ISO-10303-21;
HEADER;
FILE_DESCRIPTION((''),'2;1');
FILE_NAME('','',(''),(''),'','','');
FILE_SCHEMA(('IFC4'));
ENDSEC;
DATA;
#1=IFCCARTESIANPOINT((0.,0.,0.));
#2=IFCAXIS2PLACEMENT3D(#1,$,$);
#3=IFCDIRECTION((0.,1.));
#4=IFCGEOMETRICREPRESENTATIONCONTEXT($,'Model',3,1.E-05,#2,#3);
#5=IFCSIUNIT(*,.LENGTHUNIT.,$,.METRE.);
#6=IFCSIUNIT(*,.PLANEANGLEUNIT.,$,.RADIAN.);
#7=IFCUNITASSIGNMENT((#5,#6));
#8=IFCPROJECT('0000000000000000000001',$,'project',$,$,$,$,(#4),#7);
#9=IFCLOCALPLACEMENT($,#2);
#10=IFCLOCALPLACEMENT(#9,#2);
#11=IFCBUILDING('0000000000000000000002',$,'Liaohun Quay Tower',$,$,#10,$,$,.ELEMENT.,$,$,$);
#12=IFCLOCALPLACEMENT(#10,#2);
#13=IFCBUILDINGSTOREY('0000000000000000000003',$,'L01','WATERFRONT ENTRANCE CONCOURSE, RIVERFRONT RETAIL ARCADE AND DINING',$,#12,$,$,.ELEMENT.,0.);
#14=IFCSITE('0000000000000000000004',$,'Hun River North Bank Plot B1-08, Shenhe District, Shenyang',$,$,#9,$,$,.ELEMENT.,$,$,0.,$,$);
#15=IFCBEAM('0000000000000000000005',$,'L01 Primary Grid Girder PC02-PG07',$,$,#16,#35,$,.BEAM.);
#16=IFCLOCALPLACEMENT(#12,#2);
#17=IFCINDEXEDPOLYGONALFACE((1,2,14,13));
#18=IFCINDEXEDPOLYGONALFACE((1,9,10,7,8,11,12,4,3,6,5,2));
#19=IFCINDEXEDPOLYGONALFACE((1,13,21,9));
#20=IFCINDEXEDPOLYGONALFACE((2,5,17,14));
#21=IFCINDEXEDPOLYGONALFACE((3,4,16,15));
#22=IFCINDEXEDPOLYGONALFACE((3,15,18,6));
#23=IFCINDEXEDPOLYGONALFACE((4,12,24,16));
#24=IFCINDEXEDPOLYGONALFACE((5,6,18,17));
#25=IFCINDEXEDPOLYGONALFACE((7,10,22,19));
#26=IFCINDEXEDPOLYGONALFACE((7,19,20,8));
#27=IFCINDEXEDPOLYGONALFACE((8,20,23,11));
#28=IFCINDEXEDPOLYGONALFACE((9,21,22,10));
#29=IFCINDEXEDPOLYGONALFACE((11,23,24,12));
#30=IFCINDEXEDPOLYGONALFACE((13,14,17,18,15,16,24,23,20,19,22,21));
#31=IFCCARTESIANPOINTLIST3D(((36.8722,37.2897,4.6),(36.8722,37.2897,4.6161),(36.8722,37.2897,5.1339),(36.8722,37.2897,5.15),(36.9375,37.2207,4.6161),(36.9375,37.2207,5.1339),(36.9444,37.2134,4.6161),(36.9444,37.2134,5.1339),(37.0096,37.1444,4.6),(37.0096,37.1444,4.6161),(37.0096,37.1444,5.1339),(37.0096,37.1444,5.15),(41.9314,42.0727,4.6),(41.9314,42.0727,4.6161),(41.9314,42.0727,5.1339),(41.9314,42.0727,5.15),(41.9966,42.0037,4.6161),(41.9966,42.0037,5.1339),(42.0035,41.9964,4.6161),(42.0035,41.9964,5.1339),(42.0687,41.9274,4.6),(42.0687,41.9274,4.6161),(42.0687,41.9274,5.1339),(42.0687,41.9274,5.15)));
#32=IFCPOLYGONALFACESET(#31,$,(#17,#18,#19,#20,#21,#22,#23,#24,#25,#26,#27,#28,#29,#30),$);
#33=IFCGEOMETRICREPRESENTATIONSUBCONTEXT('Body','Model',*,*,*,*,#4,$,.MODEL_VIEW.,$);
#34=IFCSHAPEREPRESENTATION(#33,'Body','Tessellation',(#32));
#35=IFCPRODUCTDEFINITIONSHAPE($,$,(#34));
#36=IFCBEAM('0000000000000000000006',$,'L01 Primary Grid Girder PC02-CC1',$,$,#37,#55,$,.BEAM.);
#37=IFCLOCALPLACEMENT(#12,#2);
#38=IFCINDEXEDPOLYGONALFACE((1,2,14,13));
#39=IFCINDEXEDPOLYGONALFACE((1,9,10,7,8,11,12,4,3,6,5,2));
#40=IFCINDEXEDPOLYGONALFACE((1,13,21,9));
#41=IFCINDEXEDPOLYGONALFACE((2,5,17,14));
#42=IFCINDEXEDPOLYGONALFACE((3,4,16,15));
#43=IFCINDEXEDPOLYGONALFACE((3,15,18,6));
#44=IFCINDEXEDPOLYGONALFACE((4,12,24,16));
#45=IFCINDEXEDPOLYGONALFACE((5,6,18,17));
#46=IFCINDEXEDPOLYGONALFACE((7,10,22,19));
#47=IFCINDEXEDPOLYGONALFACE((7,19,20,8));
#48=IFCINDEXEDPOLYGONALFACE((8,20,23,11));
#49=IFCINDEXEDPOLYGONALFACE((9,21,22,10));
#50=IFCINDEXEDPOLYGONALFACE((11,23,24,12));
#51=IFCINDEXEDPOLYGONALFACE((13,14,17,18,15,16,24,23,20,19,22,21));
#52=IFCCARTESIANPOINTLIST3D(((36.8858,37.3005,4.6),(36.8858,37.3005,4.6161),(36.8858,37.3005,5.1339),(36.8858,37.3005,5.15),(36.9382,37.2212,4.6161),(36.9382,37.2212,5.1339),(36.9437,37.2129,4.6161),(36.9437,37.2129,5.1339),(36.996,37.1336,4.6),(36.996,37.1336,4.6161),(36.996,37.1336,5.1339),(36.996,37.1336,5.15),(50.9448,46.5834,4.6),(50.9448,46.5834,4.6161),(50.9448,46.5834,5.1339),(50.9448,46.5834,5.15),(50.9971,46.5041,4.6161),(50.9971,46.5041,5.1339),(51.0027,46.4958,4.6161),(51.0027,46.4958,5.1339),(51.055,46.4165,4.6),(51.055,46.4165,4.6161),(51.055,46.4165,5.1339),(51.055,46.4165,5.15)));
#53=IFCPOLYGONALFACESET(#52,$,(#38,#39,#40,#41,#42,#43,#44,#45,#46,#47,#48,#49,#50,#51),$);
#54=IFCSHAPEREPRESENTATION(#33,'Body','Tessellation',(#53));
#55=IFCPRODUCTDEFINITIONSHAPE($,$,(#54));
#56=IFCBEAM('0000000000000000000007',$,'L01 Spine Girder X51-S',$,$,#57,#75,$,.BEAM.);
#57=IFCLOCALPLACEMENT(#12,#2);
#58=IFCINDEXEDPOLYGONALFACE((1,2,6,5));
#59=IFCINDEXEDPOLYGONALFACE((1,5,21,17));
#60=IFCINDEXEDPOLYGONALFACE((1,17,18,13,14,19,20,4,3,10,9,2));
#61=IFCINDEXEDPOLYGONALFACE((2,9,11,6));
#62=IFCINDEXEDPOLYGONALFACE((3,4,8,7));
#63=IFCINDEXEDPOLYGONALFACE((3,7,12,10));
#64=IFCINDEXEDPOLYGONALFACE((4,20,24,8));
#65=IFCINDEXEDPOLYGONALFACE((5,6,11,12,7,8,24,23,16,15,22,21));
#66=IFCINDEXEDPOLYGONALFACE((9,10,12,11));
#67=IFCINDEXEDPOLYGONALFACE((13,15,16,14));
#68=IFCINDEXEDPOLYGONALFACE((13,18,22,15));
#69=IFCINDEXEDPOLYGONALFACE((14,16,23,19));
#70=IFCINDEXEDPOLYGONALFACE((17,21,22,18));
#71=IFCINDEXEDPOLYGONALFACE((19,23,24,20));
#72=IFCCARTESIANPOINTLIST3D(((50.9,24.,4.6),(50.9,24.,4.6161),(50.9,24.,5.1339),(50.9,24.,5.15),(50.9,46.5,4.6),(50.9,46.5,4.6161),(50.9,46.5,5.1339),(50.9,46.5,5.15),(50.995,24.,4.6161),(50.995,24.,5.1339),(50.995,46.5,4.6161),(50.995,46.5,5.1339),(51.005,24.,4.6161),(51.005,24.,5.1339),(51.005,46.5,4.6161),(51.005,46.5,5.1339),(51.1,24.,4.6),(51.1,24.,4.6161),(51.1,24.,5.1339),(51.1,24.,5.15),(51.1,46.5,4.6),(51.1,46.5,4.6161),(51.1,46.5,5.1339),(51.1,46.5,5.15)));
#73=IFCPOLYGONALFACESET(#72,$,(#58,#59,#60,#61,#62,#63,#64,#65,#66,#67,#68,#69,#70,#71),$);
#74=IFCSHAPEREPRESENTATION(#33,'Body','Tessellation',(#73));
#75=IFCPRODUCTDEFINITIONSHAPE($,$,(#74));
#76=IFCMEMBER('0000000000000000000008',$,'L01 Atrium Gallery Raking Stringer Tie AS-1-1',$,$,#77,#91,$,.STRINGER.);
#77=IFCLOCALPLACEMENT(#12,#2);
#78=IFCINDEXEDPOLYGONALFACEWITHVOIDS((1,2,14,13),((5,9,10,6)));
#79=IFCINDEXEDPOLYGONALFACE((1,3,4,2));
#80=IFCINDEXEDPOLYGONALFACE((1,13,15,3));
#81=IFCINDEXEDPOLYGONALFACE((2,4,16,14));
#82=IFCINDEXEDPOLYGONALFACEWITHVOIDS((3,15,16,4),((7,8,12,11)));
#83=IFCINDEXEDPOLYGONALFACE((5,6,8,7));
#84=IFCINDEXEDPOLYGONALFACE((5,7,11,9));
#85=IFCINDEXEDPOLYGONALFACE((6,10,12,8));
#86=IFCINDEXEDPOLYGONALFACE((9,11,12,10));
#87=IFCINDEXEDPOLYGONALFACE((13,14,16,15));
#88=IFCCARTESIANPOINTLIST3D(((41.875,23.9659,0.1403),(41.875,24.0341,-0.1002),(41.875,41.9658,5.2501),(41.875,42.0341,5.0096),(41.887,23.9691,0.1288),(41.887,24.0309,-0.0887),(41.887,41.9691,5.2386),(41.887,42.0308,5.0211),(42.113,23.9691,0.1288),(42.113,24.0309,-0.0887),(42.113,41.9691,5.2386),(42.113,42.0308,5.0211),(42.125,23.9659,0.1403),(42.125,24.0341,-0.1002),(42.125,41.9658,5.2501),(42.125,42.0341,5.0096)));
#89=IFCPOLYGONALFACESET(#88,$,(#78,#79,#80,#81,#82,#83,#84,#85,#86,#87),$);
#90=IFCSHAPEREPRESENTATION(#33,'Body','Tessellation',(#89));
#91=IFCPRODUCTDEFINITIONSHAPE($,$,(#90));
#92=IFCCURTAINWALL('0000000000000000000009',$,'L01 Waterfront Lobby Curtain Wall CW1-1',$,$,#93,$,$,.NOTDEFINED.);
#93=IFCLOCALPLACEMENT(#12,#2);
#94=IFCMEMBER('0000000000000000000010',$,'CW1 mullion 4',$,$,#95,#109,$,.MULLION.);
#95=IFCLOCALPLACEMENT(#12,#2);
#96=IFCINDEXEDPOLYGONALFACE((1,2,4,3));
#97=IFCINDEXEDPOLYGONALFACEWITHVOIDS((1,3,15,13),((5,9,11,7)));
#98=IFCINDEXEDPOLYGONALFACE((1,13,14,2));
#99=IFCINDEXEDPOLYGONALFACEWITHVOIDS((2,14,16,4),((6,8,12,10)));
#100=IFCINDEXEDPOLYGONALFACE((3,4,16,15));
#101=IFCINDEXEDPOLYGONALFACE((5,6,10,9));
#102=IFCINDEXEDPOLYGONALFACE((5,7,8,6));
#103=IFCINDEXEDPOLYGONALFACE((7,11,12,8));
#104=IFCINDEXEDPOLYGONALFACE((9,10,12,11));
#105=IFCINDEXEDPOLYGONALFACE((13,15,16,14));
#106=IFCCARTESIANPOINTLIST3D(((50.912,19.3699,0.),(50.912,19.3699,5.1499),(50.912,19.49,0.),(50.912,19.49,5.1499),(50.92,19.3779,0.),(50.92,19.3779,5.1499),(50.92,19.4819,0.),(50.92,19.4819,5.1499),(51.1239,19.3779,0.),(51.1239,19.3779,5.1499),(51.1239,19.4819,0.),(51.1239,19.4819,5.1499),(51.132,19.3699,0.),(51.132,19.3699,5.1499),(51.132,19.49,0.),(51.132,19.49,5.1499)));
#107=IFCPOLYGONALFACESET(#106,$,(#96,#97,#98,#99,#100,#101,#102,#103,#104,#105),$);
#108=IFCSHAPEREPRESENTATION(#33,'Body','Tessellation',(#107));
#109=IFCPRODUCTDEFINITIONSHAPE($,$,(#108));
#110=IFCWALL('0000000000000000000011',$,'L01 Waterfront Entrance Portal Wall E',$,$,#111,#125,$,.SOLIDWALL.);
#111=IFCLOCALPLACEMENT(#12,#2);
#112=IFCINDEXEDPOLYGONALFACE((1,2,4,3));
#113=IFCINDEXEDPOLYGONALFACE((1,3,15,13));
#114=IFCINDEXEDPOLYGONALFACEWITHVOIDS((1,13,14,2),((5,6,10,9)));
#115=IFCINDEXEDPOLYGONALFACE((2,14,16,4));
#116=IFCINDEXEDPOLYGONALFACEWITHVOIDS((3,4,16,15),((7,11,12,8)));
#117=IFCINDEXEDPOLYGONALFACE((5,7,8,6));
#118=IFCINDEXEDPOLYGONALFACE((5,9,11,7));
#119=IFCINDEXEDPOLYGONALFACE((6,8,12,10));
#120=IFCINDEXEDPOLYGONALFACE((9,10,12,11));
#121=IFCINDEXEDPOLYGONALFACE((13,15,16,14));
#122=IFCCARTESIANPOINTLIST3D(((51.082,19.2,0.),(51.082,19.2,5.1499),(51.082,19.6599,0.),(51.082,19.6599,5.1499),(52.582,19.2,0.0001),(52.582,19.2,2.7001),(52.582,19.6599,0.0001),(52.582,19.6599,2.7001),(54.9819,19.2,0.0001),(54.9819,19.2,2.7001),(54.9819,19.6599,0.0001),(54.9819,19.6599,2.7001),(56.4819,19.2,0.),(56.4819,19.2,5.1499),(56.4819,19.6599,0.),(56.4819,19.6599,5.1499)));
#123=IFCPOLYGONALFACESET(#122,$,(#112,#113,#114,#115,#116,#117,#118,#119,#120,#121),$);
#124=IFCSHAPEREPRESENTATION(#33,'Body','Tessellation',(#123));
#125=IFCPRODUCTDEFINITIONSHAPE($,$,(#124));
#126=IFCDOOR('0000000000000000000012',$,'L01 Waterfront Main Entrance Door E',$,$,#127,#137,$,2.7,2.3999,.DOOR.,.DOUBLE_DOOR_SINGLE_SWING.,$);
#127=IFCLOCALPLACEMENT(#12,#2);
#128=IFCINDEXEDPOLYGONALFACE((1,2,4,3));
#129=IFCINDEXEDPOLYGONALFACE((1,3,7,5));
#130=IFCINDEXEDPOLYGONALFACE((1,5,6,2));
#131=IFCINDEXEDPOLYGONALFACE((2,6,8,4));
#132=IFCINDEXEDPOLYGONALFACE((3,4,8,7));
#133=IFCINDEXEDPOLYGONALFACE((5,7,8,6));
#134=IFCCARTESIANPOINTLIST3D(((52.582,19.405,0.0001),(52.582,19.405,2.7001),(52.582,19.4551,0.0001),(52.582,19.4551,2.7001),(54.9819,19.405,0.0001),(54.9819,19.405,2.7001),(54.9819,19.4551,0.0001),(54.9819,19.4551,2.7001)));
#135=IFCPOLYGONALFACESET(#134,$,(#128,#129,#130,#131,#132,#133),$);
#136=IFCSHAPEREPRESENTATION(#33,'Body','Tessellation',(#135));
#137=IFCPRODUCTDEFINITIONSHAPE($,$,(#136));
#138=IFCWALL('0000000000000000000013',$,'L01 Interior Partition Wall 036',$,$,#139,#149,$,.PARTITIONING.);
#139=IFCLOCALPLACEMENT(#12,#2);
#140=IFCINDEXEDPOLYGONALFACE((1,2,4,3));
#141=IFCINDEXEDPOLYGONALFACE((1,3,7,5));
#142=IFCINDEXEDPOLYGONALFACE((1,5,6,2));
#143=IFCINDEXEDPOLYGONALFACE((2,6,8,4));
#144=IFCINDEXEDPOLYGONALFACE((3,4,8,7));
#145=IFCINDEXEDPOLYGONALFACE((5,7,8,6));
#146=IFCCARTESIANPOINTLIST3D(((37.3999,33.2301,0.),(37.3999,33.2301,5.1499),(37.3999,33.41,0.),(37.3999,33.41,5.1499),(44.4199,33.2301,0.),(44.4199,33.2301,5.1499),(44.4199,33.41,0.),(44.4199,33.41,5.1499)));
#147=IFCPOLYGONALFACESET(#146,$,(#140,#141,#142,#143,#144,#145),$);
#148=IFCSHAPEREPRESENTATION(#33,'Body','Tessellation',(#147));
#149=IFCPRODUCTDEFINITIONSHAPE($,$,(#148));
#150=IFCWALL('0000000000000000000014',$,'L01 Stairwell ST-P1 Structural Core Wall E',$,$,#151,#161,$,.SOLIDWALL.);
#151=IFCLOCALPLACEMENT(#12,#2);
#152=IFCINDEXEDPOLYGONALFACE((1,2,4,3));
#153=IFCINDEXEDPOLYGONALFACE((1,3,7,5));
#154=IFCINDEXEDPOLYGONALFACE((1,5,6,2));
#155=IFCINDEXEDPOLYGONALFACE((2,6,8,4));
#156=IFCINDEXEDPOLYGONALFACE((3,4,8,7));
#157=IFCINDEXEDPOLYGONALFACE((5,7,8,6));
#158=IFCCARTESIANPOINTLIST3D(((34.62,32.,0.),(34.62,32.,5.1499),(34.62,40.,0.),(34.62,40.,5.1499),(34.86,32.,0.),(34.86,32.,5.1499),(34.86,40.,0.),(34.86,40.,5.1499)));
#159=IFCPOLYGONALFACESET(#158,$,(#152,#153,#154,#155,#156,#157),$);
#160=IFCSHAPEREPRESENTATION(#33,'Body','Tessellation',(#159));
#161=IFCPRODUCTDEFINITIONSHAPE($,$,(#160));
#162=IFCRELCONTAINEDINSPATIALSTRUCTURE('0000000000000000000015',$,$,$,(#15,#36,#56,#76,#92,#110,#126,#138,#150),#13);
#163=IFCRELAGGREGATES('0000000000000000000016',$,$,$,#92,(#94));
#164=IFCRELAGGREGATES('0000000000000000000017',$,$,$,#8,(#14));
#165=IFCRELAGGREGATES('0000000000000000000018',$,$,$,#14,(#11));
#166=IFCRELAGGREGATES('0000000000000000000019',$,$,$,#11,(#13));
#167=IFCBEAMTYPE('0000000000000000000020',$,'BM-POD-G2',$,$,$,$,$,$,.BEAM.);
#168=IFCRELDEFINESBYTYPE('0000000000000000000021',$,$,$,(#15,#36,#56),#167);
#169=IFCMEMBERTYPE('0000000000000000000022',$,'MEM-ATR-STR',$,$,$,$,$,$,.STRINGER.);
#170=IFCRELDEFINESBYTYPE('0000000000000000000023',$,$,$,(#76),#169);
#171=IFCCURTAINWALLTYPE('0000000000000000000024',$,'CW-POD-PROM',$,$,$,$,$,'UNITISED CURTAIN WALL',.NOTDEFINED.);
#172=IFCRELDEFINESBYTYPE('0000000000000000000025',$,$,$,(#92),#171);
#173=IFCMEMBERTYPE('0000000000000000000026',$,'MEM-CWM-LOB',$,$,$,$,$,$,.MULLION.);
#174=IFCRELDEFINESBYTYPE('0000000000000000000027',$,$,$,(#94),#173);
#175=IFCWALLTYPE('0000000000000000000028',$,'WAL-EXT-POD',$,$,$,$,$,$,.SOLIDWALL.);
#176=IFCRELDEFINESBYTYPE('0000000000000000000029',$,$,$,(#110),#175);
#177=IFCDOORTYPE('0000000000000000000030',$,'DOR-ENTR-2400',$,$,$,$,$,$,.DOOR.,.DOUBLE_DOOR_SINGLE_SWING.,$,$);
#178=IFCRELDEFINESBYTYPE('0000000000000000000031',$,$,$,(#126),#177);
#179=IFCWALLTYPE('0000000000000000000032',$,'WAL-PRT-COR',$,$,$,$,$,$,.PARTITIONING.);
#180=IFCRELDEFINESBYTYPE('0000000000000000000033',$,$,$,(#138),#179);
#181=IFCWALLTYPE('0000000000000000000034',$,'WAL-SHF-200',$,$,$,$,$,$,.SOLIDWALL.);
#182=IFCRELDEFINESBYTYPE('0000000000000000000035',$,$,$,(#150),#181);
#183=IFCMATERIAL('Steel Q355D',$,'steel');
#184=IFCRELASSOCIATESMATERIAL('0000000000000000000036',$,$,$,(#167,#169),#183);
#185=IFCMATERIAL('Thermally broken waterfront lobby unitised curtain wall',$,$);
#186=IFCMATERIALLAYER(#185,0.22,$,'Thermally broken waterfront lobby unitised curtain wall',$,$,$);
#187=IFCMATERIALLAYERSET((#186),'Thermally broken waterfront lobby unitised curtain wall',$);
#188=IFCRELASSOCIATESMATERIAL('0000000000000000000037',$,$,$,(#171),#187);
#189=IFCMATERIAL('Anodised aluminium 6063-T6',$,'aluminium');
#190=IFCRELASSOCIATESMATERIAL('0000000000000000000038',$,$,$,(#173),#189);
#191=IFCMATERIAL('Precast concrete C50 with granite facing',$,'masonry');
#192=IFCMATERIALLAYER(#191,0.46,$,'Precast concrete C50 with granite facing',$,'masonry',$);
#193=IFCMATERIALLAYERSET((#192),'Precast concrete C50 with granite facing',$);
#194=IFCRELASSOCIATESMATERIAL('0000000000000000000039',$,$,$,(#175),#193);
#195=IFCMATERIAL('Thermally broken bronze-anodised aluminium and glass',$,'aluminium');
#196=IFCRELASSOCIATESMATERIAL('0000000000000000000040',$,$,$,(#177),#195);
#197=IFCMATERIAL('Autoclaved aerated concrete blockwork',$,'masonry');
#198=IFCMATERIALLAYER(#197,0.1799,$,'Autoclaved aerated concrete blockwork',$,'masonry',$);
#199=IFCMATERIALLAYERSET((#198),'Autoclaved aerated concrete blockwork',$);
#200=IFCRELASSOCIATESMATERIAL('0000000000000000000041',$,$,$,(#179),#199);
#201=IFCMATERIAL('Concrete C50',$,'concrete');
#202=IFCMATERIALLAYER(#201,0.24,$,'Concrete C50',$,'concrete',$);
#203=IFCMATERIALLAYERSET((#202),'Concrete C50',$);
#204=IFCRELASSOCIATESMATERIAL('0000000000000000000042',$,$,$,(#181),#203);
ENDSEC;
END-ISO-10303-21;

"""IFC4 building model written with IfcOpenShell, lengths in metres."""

from ifc_helpers import new_model, si_unit, direction, frame, frame_2d, origin, origin_2d, place, context, subcontext, project, spatial, rectangle, hollow_rectangle, i_section, extrude, source, transform, mapped, material, layer, layer_set, material_profile, profile_set, type_object, element, fill, aggregate, save


model = new_model("IFC4")

# Units and contexts
model_context = context("Model", 3, precision=1e-05, world=origin(), true_north=direction((0.0, 1.0)))
body_context = subcontext(model_context, "Body", "Model", "MODEL_VIEW")
ifc_project = project(units=[si_unit("LENGTHUNIT", "METRE"), si_unit("PLANEANGLEUNIT", "RADIAN")], contexts=[model_context])

# Site, building, storey
site_placement = place(None, origin())
site = spatial("IfcSite", under=ifc_project, at=site_placement, Name="Hun River North Bank Plot B1-08, Shenhe District, Shenyang", CompositionType="ELEMENT", RefElevation=0.0)
building_placement = place(site_placement, origin())
building = spatial("IfcBuilding", under=site, at=building_placement, Name="Liaohun Quay Tower", CompositionType="ELEMENT")
storey_placement = place(building_placement, origin())
storey = spatial("IfcBuildingStorey", under=building, at=storey_placement, Name="L01", Description="WATERFRONT ENTRANCE CONCOURSE, RIVERFRONT RETAIL ARCADE AND DINING", CompositionType="ELEMENT", Elevation=0.0)

# Shared definitions
ifc_material_1 = material(Name="Steel Q355D", Category="steel")

# Beams
ifc_material_profile_1 = material_profile(ifc_material_1, i_section(OverallWidth=0.2, OverallDepth=0.55, WebThickness=0.01, FlangeThickness=0.0161, at=origin_2d()), Name="HN550x200x10x16")
ifc_profile_set_1 = profile_set([ifc_material_profile_1], Name="Steel Q355D")
beam_type_1 = type_object("IfcBeamType", Name="BM-POD-G2", PredefinedType="BEAM", material=ifc_profile_set_1)
shared_shape_1 = source(origin(), body_context, "Body", "SweptSolid", [
    extrude(i_section(OverallWidth=0.2, OverallDepth=0.55, WebThickness=0.01, FlangeThickness=0.0161, at=origin_2d()), origin(), (0.0, 0.0, 1.0), 6.9622),
])
beam_1_placement = place(storey_placement, frame((36.9409, 37.217, 4.875), z_axis=(0.726659, 0.686998, 0.0), x_axis=(-0.686998, 0.726659, 0.0)))
element("IfcBeam", 1, at=beam_1_placement, inside=storey, type_object=beam_type_1, Name="L01 Primary Grid Girder PC02-PG07", PredefinedType="BEAM", context=body_context, shape_type="MappedRepresentation", body=[
    mapped(shared_shape_1, transform((0.0, 0.0, 0.0), x_axis=(1.0, 0.0, 0.0), y_axis=(0.0, 1.0, 0.0), z_axis=(0.0, 0.0, 1.0), scale=1.0)),
])
shared_shape_2 = source(origin(), body_context, "Body", "SweptSolid", [
    extrude(i_section(OverallWidth=0.2, OverallDepth=0.55, WebThickness=0.01, FlangeThickness=0.0161, at=origin_2d()), origin(), (0.0, 0.0, 1.0), 16.8472),
])
beam_2_placement = place(storey_placement, frame((36.9409, 37.217, 4.875), z_axis=(0.834501, 0.551006, 0.0), x_axis=(-0.551006, 0.834501, 0.0)))
element("IfcBeam", 2, at=beam_2_placement, inside=storey, type_object=beam_type_1, Name="L01 Primary Grid Girder PC02-CC1", PredefinedType="BEAM", context=body_context, shape_type="MappedRepresentation", body=[
    mapped(shared_shape_2, transform((0.0, 0.0, 0.0), x_axis=(1.0, 0.0, 0.0), y_axis=(0.0, 1.0, 0.0), z_axis=(0.0, 0.0, 1.0), scale=1.0)),
])
shared_shape_3 = source(origin(), body_context, "Body", "SweptSolid", [
    extrude(i_section(OverallWidth=0.2, OverallDepth=0.55, WebThickness=0.01, FlangeThickness=0.0161, at=origin_2d()), origin(), (0.0, 0.0, 1.0), 22.5),
])
beam_3_placement = place(storey_placement, frame((51.0, 24.0, 4.875), z_axis=(0.0, 1.0, 0.0), x_axis=(-1.0, 0.0, 0.0)))
element("IfcBeam", 3, at=beam_3_placement, inside=storey, type_object=beam_type_1, Name="L01 Spine Girder X51-S", PredefinedType="BEAM", context=body_context, shape_type="MappedRepresentation", body=[
    mapped(shared_shape_3, transform((0.0, 0.0, 0.0), x_axis=(1.0, 0.0, 0.0), y_axis=(0.0, 1.0, 0.0), z_axis=(0.0, 0.0, 1.0), scale=1.0)),
])

# Member
ifc_material_profile_2 = material_profile(ifc_material_1, hollow_rectangle(XDim=0.25, YDim=0.25, WallThickness=0.012, at=origin_2d()), Name="SHS250x250x12")
ifc_profile_set_2 = profile_set([ifc_material_profile_2], Name="Steel Q355D")
member_type_1 = type_object("IfcMemberType", Name="MEM-ATR-STR", PredefinedType="STRINGER", material=ifc_profile_set_2)
shared_shape_4 = source(origin(), body_context, "Body", "SweptSolid", [
    extrude(hollow_rectangle(XDim=0.25, YDim=0.25, WallThickness=0.012, at=origin_2d()), origin(), (0.0, 0.0, 1.0), 18.7112),
])
member_1_placement = place(storey_placement, frame((42.0, 24.0, 0.02), z_axis=(0.0, 0.961988, 0.27309), x_axis=(-1.0, 0.0, 0.0)))
element("IfcMember", 4, at=member_1_placement, inside=storey, type_object=member_type_1, Name="L01 Atrium Gallery Raking Stringer Tie AS-1-1", PredefinedType="STRINGER", context=body_context, shape_type="MappedRepresentation", body=[
    mapped(shared_shape_4, transform((0.0, 0.0, 0.0), x_axis=(1.0, 0.0, 0.0), y_axis=(0.0, 1.0, 0.0), z_axis=(0.0, 0.0, 1.0), scale=1.0)),
])

# Curtain wall, member
ifc_material_2 = material(Name="Thermally broken waterfront lobby unitised curtain wall")
ifc_layer_1 = layer(ifc_material_2, 0.22, Name="Thermally broken waterfront lobby unitised curtain wall")
ifc_layer_set_1 = layer_set([ifc_layer_1], Name="Thermally broken waterfront lobby unitised curtain wall")
curtain_wall_type = type_object("IfcCurtainWallType", Name="CW-POD-PROM", ElementType="UNITISED CURTAIN WALL", PredefinedType="NOTDEFINED", material=ifc_layer_set_1)
curtain_wall_placement = place(storey_placement, origin())
curtain_wall = element("IfcCurtainWall", 5, at=curtain_wall_placement, inside=storey, type_object=curtain_wall_type, Name="L01 Waterfront Lobby Curtain Wall CW1-1", PredefinedType="NOTDEFINED")
ifc_material_3 = material(Name="Anodised aluminium 6063-T6", Category="aluminium")
ifc_material_profile_3 = material_profile(ifc_material_3, hollow_rectangle(XDim=0.1201, YDim=0.22, WallThickness=0.0081, at=origin_2d()), Name="RHS220x120x8")
ifc_profile_set_3 = profile_set([ifc_material_profile_3], Name="Anodised aluminium 6063-T6")
member_type_2 = type_object("IfcMemberType", Name="MEM-CWM-LOB", PredefinedType="MULLION", material=ifc_profile_set_3)
shared_shape_5 = source(origin(), body_context, "Body", "SweptSolid", [
    extrude(hollow_rectangle(XDim=0.1201, YDim=0.22, WallThickness=0.0081, at=origin_2d()), origin(), (0.0, 0.0, 1.0), 5.1499),
])
member_2_placement = place(storey_placement, frame((51.022, 19.4299, 0.0), z_axis=(0.0, 0.0, 1.0), x_axis=(0.0, 1.0, 0.0)))
member_2 = element("IfcMember", 6, at=member_2_placement, type_object=member_type_2, Name="CW1 mullion 4", PredefinedType="MULLION", context=body_context, shape_type="MappedRepresentation", body=[
    mapped(shared_shape_5, transform((0.0, 0.0, 0.0), x_axis=(1.0, 0.0, 0.0), y_axis=(0.0, 1.0, 0.0), z_axis=(0.0, 0.0, 1.0), scale=1.0)),
])
aggregate(curtain_wall, [member_2])

# Wall, opening, door
ifc_material_4 = material(Name="Precast concrete C50 with granite facing", Category="masonry")
ifc_layer_2 = layer(ifc_material_4, 0.46, Name="Precast concrete C50 with granite facing", Category="masonry")
ifc_layer_set_2 = layer_set([ifc_layer_2], Name="Precast concrete C50 with granite facing")
wall_type_1 = type_object("IfcWallType", Name="WAL-EXT-POD", PredefinedType="SOLIDWALL", material=ifc_layer_set_2)
wall_1_placement = place(storey_placement, frame((51.082, 19.4299, 0.0), z_axis=(0.0, 0.0, 1.0), x_axis=(1.0, 0.0, 0.0)))
wall_1 = element("IfcWall", 7, at=wall_1_placement, inside=storey, type_object=wall_type_1, Name="L01 Waterfront Entrance Portal Wall E", PredefinedType="SOLIDWALL", context=body_context, shape_type="SweptSolid", body=[
    extrude(rectangle(XDim=5.3999, YDim=0.46, at=frame_2d((2.7, 0.0))), origin(), (0.0, 0.0, 1.0), 5.1499),
])
shared_shape_6 = source(origin(), body_context, "Body", "SweptSolid", [
    extrude(rectangle(XDim=2.3999, YDim=2.7, at=frame_2d((1.2, 1.3501))), frame((0.0, 0.24, 0.0), z_axis=(0.0, -1.0, 0.0), x_axis=(1.0, 0.0, 0.0)), (0.0, 0.0, 1.0), 0.48),
])
opening_1_placement = place(wall_1_placement, frame((1.5, 0.0, 0.0)))
opening_1 = element("IfcOpeningElement", 8, at=opening_1_placement, cuts=wall_1, PredefinedType="OPENING", context=body_context, shape_type="MappedRepresentation", body=[
    mapped(shared_shape_6, transform((0.0, 0.0, 0.0), x_axis=(1.0, 0.0, 0.0), y_axis=(0.0, 1.0, 0.0), z_axis=(0.0, 0.0, 1.0), scale=1.0)),
])
ifc_material_5 = material(Name="Thermally broken bronze-anodised aluminium and glass", Category="aluminium")
door_type_1 = type_object("IfcDoorType", Name="DOR-ENTR-2400", OperationType="DOUBLE_DOOR_SINGLE_SWING", PredefinedType="DOOR", material=ifc_material_5)
shared_shape_7 = source(origin(), body_context, "Body", "SweptSolid", [
    extrude(rectangle(XDim=2.3999, YDim=2.7, at=frame_2d((1.2, 1.3501))), frame((0.0, 0.0249, 0.0), z_axis=(0.0, -1.0, 0.0), x_axis=(1.0, 0.0, 0.0)), (0.0, 0.0, 1.0), 0.05),
])
door_1_placement = place(opening_1_placement, frame((2.3999, 0.0, 0.0), z_axis=(0.0, 0.0, 1.0), x_axis=(-1.0, 0.0, 0.0)))
door_1 = element("IfcDoor", 9, at=door_1_placement, inside=storey, type_object=door_type_1, Name="L01 Waterfront Main Entrance Door E", OperationType="DOUBLE_DOOR_SINGLE_SWING", OverallHeight=2.7, OverallWidth=2.3999, PredefinedType="DOOR", context=body_context, shape_type="MappedRepresentation", body=[
    mapped(shared_shape_7, transform((0.0, 0.0, 0.0), x_axis=(1.0, 0.0, 0.0), y_axis=(0.0, 1.0, 0.0), z_axis=(0.0, 0.0, 1.0), scale=1.0)),
])
fill(opening_1, door_1)

# Walls
ifc_material_6 = material(Name="Autoclaved aerated concrete blockwork", Category="masonry")
ifc_layer_3 = layer(ifc_material_6, 0.1799, Name="Autoclaved aerated concrete blockwork", Category="masonry")
ifc_layer_set_3 = layer_set([ifc_layer_3], Name="Autoclaved aerated concrete blockwork")
wall_type_2 = type_object("IfcWallType", Name="WAL-PRT-COR", PredefinedType="PARTITIONING", material=ifc_layer_set_3)
wall_2_placement = place(storey_placement, frame((37.3999, 33.3201, 0.0), z_axis=(0.0, 0.0, 1.0), x_axis=(1.0, 0.0, 0.0)))
element("IfcWall", 10, at=wall_2_placement, inside=storey, type_object=wall_type_2, Name="L01 Interior Partition Wall 036", PredefinedType="PARTITIONING", context=body_context, shape_type="SweptSolid", body=[
    extrude(rectangle(XDim=7.02, YDim=0.1799, at=frame_2d((3.51, 0.0))), origin(), (0.0, 0.0, 1.0), 5.1499),
])
ifc_material_7 = material(Name="Concrete C50", Category="concrete")
ifc_layer_4 = layer(ifc_material_7, 0.24, Name="Concrete C50", Category="concrete")
ifc_layer_set_4 = layer_set([ifc_layer_4], Name="Concrete C50")
wall_type_3 = type_object("IfcWallType", Name="WAL-SHF-200", PredefinedType="SOLIDWALL", material=ifc_layer_set_4)
wall_3_placement = place(storey_placement, frame((34.74, 32.0, 0.0), z_axis=(0.0, 0.0, 1.0), x_axis=(0.0, 1.0, 0.0)))
element("IfcWall", 11, at=wall_3_placement, inside=storey, type_object=wall_type_3, Name="L01 Stairwell ST-P1 Structural Core Wall E", PredefinedType="SOLIDWALL", context=body_context, shape_type="SweptSolid", body=[
    extrude(rectangle(XDim=8.0, YDim=0.24, at=frame_2d((4.0, 0.0))), origin(), (0.0, 0.0, 1.0), 5.1499),
])

save(model, "model.ifc")
